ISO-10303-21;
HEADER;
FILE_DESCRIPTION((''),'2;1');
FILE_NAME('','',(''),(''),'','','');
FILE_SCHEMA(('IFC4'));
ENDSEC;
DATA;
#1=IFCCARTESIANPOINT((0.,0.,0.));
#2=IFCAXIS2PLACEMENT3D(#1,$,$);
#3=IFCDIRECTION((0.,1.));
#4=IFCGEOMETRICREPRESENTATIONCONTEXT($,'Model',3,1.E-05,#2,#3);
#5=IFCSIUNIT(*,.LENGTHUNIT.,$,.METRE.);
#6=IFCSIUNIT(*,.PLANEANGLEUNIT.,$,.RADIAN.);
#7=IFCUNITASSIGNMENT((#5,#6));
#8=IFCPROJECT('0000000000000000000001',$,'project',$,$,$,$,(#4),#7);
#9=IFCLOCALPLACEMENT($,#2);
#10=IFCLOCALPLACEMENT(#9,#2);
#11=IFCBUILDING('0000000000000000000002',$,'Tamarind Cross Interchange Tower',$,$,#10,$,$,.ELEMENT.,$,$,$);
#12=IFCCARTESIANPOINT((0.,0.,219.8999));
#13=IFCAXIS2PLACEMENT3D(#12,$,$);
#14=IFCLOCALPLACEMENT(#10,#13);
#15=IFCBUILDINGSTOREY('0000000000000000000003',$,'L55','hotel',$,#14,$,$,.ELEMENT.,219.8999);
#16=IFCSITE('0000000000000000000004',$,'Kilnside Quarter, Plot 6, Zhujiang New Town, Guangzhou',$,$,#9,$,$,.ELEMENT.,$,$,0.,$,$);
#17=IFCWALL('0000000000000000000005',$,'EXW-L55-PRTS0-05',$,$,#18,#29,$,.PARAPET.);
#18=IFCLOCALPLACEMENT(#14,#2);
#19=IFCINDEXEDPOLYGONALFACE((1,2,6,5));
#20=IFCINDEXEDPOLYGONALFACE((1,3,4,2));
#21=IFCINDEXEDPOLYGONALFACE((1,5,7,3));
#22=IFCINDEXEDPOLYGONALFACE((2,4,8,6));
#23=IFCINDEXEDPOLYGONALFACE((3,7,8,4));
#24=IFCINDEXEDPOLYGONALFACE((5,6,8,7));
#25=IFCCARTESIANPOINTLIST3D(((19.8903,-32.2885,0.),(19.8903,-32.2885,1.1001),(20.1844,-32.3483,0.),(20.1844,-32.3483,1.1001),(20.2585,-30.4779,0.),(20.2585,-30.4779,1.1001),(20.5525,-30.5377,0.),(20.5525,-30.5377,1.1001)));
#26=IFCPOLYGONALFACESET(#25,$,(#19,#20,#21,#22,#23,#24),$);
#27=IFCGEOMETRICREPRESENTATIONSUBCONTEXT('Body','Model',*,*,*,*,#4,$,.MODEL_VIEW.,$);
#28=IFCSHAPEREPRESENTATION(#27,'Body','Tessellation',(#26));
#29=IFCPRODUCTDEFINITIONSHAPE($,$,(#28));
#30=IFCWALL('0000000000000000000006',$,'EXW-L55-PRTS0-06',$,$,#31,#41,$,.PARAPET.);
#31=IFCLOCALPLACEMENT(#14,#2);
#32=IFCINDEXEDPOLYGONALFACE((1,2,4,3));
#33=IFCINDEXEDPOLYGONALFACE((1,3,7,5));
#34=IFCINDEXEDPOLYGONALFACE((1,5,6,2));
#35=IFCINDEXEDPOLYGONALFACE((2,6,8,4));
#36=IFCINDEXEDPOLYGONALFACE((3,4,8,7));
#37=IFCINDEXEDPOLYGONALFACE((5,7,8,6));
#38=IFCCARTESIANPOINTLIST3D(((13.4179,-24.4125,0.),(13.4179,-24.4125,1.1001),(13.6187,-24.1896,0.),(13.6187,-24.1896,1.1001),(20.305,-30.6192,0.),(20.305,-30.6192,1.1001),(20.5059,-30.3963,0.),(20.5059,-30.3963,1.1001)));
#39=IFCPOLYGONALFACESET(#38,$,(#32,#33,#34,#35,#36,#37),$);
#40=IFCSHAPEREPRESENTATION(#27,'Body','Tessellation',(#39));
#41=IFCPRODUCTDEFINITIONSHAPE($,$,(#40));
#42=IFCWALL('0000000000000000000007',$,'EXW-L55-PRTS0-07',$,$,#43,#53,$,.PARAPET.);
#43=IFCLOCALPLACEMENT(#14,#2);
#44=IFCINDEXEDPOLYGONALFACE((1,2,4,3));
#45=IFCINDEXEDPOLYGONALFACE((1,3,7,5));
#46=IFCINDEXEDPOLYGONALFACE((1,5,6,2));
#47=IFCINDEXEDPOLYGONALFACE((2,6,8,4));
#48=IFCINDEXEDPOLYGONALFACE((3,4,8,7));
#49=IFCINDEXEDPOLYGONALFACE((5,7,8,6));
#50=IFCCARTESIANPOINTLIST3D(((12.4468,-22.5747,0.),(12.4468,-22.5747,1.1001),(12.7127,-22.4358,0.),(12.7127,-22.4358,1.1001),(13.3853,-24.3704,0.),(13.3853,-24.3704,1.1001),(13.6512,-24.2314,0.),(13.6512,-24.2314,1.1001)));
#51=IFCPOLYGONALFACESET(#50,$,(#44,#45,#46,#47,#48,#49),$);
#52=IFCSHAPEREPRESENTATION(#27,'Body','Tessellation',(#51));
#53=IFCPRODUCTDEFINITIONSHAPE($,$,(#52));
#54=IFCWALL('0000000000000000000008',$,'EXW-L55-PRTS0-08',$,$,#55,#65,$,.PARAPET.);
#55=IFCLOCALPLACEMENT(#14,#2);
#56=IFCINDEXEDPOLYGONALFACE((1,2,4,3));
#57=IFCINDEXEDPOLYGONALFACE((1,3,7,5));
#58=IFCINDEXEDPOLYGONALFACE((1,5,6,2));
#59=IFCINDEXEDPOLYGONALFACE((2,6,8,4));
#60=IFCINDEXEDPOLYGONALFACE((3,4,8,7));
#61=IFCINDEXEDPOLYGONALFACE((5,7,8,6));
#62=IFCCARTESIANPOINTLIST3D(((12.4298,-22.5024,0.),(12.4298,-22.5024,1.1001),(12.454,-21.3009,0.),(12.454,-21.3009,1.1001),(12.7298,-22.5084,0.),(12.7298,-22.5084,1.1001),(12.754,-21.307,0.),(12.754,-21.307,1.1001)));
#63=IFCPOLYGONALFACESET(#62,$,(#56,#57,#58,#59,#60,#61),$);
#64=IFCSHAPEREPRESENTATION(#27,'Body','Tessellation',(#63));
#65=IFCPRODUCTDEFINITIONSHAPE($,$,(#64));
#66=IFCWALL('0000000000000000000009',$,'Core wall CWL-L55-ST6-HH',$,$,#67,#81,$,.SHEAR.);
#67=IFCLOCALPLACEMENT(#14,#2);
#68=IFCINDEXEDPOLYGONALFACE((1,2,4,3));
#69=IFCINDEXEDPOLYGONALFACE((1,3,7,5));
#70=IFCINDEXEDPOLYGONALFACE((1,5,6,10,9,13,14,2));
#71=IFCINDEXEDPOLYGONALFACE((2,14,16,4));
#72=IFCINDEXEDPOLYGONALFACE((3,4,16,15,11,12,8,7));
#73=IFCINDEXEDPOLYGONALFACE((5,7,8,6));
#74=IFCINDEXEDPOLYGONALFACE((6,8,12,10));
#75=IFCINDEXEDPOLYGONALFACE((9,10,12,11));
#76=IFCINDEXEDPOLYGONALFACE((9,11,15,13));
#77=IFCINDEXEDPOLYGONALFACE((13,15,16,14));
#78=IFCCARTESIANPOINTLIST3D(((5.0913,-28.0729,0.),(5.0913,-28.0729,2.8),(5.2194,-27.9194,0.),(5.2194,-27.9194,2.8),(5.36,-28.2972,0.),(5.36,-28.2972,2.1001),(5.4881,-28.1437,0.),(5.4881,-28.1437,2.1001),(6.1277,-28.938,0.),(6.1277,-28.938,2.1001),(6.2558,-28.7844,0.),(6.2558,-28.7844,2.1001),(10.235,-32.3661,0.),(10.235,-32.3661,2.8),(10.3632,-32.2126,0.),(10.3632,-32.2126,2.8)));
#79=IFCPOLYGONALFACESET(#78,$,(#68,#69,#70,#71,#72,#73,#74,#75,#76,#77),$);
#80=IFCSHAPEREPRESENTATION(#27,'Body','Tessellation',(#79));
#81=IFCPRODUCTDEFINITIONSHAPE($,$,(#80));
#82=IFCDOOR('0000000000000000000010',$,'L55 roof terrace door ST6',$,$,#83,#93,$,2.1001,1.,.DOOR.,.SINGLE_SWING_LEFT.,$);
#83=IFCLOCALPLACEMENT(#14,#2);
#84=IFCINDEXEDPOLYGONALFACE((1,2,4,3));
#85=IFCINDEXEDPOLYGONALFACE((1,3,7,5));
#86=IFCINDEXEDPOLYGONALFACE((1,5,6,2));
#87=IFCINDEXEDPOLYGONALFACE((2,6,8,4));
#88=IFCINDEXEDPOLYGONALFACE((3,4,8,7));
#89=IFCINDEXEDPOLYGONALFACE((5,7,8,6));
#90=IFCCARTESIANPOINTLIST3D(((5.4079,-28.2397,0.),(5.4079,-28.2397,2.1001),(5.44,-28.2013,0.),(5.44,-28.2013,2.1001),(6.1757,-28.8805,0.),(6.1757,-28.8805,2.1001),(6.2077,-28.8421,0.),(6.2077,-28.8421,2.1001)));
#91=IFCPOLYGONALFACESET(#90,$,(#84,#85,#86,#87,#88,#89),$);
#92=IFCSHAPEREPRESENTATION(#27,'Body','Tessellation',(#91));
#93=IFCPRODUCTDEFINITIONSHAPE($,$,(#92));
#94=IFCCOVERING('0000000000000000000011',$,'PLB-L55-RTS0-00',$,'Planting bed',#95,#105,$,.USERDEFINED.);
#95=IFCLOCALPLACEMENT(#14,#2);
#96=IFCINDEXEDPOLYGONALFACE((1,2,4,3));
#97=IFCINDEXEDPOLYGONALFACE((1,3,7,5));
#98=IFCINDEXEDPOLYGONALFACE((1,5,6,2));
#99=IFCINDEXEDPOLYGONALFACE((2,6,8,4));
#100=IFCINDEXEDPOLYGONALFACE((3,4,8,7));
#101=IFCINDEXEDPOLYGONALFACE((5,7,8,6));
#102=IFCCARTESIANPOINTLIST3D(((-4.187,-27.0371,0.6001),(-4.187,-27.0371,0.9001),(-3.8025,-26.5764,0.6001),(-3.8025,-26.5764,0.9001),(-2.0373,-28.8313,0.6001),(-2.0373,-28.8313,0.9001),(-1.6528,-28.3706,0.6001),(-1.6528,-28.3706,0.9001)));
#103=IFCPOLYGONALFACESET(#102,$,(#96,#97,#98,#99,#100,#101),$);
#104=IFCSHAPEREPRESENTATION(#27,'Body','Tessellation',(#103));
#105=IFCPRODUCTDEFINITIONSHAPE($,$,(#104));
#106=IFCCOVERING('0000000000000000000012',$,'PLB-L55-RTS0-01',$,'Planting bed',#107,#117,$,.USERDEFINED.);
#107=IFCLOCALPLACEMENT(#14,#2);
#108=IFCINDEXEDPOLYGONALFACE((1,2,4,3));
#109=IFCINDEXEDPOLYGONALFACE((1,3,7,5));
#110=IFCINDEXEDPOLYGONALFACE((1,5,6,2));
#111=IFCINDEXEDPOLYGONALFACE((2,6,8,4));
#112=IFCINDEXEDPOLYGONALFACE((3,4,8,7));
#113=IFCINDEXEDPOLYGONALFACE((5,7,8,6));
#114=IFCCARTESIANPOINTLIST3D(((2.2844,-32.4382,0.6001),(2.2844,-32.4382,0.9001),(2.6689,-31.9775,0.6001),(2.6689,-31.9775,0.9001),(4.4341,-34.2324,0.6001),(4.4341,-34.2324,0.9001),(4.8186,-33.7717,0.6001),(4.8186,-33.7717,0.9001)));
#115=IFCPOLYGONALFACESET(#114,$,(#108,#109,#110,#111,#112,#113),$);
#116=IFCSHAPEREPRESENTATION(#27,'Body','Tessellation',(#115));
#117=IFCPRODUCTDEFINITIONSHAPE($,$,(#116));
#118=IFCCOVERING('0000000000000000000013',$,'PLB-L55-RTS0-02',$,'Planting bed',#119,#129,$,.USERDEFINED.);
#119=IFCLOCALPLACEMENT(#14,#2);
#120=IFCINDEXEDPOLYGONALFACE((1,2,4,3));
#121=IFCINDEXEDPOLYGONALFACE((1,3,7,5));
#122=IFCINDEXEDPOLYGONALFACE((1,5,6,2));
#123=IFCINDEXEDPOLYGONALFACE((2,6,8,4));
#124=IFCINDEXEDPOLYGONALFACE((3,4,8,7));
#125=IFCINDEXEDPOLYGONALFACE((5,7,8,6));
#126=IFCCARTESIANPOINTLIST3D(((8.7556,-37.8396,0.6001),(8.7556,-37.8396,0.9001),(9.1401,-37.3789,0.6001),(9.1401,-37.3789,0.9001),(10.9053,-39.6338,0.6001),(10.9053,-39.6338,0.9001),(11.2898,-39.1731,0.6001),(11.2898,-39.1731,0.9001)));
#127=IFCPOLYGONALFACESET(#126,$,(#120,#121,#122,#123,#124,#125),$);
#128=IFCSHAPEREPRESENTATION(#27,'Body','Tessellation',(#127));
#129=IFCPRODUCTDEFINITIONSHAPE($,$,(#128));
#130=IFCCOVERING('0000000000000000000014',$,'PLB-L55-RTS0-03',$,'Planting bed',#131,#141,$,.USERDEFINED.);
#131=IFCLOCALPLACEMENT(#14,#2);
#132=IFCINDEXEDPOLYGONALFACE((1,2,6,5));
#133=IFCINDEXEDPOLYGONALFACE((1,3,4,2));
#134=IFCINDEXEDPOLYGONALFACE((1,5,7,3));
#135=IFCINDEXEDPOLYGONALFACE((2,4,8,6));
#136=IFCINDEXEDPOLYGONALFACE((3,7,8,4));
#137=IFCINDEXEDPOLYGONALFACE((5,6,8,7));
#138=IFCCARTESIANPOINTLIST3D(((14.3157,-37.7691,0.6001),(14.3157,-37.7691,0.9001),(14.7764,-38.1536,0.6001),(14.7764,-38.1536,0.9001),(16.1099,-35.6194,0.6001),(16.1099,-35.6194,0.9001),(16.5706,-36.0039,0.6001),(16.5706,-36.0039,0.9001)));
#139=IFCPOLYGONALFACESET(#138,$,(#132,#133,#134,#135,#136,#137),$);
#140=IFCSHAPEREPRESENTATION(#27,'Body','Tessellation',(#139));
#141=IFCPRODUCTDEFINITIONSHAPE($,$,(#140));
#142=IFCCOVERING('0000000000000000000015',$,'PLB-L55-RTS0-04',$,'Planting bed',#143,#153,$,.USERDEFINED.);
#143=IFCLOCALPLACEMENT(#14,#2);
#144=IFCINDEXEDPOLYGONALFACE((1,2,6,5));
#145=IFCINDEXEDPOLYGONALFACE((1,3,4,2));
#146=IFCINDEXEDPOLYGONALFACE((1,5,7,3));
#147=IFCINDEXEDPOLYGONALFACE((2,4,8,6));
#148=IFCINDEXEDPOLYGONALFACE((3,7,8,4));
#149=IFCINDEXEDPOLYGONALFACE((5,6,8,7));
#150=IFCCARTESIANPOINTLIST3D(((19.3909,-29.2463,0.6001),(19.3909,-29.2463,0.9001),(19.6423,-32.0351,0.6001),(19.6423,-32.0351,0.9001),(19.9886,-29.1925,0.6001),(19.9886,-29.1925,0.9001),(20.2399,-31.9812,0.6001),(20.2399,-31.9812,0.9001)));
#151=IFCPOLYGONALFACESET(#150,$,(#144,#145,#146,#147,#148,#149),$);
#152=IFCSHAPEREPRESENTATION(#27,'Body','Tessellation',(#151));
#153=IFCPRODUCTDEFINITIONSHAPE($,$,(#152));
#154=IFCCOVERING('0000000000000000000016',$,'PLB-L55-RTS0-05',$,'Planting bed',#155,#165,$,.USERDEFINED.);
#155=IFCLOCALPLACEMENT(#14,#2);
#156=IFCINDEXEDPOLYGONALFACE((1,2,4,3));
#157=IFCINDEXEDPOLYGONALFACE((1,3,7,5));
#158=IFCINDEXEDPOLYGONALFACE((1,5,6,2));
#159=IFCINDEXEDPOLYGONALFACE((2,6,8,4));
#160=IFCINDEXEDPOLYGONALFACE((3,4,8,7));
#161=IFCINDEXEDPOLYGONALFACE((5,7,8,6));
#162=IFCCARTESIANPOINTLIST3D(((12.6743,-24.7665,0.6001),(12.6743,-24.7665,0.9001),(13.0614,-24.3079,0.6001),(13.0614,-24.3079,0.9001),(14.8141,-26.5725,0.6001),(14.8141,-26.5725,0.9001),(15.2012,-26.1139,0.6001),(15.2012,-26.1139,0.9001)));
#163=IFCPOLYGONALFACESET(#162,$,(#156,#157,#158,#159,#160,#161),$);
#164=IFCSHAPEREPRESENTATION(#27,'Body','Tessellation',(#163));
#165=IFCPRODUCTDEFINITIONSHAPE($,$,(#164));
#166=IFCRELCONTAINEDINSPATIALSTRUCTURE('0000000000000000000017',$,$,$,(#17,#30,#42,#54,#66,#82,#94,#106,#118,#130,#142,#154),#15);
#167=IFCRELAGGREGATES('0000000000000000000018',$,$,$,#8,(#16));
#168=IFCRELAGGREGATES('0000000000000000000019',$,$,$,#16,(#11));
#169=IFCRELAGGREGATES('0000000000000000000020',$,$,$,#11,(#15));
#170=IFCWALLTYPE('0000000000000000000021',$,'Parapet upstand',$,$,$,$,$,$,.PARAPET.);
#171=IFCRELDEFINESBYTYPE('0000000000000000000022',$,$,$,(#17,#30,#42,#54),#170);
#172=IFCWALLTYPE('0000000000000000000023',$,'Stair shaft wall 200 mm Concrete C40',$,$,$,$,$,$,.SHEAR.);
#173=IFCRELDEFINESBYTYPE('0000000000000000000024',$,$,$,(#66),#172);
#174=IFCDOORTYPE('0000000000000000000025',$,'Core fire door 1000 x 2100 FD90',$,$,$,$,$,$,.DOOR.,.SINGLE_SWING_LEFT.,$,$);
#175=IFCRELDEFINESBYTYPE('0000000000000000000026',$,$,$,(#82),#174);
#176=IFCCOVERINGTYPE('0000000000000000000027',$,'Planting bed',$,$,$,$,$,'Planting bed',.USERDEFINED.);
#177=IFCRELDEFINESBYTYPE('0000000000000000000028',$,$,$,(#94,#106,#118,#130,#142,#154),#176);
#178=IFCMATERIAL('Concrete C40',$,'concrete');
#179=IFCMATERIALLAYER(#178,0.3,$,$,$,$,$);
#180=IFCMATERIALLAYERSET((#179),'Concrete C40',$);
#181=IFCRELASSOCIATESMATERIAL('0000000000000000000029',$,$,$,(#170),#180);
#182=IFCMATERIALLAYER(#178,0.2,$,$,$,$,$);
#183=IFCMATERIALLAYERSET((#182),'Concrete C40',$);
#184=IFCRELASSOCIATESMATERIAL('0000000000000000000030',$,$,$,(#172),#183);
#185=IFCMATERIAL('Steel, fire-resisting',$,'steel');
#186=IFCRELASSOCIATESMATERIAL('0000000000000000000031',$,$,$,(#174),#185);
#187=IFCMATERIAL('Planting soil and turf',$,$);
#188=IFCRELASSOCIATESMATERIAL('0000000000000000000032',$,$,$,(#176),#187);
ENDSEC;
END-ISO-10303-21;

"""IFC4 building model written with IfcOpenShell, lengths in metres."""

from ifc_helpers import new_model, si_unit, direction, frame, frame_2d, origin, origin_2d, place, context, subcontext, project, spatial, rectangle, extrude, material, layer, layer_set, type_object, element, fill, save


model = new_model("IFC4")

# Units and contexts
model_context = context("Model", 3, precision=1e-05, world=origin(), true_north=direction((0.0, 1.0)))
body_context = subcontext(model_context, "Body", "Model", "MODEL_VIEW")
ifc_project = project(units=[si_unit("LENGTHUNIT", "METRE"), si_unit("PLANEANGLEUNIT", "RADIAN")], contexts=[model_context])

# Site, building, storey
site_placement = place(None, origin())
site = spatial("IfcSite", under=ifc_project, at=site_placement, Name="Kilnside Quarter, Plot 6, Zhujiang New Town, Guangzhou", CompositionType="ELEMENT", RefElevation=0.0)
building_placement = place(site_placement, origin())
building = spatial("IfcBuilding", under=site, at=building_placement, Name="Tamarind Cross Interchange Tower", CompositionType="ELEMENT")
storey_placement = place(building_placement, frame((0.0, 0.0, 219.8999)))
storey = spatial("IfcBuildingStorey", under=building, at=storey_placement, Name="L55", Description="hotel", CompositionType="ELEMENT", Elevation=219.8999)

# Walls
ifc_material_1 = material(Name="Concrete C40", Category="concrete")
ifc_layer_1 = layer(ifc_material_1, 0.3)
ifc_layer_set_1 = layer_set([ifc_layer_1], Name="Concrete C40")
wall_type_1 = type_object("IfcWallType", Name="Parapet upstand", PredefinedType="PARAPET", material=ifc_layer_set_1)
wall_1_placement = place(storey_placement, frame((20.0374, -32.3184, 0.0), z_axis=(0.0, 0.0, 1.0), x_axis=(0.199266, 0.979945, 0.0)))
element("IfcWall", 1, at=wall_1_placement, inside=storey, type_object=wall_type_1, Name="EXW-L55-PRTS0-05", PredefinedType="PARAPET", context=body_context, shape_type="SweptSolid", body=[
    extrude(rectangle(XDim=1.8477, YDim=0.3, at=frame_2d((0.9238, 0.0))), origin(), (0.0, 0.0, 1.0), 1.1001),
])
wall_2_placement = place(storey_placement, frame((20.4055, -30.5078, 0.0), z_axis=(0.0, 0.0, 1.0), x_axis=(-0.742849, 0.669459, 0.0)))
element("IfcWall", 2, at=wall_2_placement, inside=storey, type_object=wall_type_1, Name="EXW-L55-PRTS0-06", PredefinedType="PARAPET", context=body_context, shape_type="SweptSolid", body=[
    extrude(rectangle(XDim=9.2712, YDim=0.3, at=frame_2d((4.6357, 0.0))), origin(), (0.0, 0.0, 1.0), 1.1001),
])
wall_3_placement = place(storey_placement, frame((13.5183, -24.301, 0.0), z_axis=(0.0, 0.0, 1.0), x_axis=(-0.463192, 0.886258, 0.0)))
element("IfcWall", 3, at=wall_3_placement, inside=storey, type_object=wall_type_1, Name="EXW-L55-PRTS0-07", PredefinedType="PARAPET", context=body_context, shape_type="SweptSolid", body=[
    extrude(rectangle(XDim=2.0261, YDim=0.3, at=frame_2d((1.0132, 0.0))), origin(), (0.0, 0.0, 1.0), 1.1001),
])
wall_4_placement = place(storey_placement, frame((12.5798, -22.5054, 0.0), z_axis=(0.0, 0.0, 1.0), x_axis=(0.020114, 0.999798, 0.0)))
element("IfcWall", 4, at=wall_4_placement, inside=storey, type_object=wall_type_1, Name="EXW-L55-PRTS0-08", PredefinedType="PARAPET", context=body_context, shape_type="SweptSolid", body=[
    extrude(rectangle(XDim=1.2017, YDim=0.3, at=frame_2d((0.6008, 0.0))), origin(), (0.0, 0.0, 1.0), 1.1001),
])

# Wall, opening, door
ifc_layer_2 = layer(ifc_material_1, 0.2)
ifc_layer_set_2 = layer_set([ifc_layer_2], Name="Concrete C40")
wall_type_2 = type_object("IfcWallType", Name="Stair shaft wall 200 mm Concrete C40", PredefinedType="SHEAR", material=ifc_layer_set_2)
wall_5_placement = place(storey_placement, frame((5.1553, -27.9961, 0.0), z_axis=(0.0, 0.0, 1.0), x_axis=(0.767728, -0.640776, 0.0)))
wall_5 = element("IfcWall", 5, at=wall_5_placement, inside=storey, type_object=wall_type_2, Name="Core wall CWL-L55-ST6-HH", PredefinedType="SHEAR", context=body_context, shape_type="SweptSolid", body=[
    extrude(rectangle(XDim=6.7, YDim=0.2, at=frame_2d((3.3501, 0.0))), origin(), (0.0, 0.0, 1.0), 2.8),
])
opening_placement = place(wall_5_placement, frame((0.3501, 0.0, 0.0)))
opening = element("IfcOpeningElement", 6, at=opening_placement, cuts=wall_5, PredefinedType="OPENING", context=body_context, shape_type="SweptSolid", body=[
    extrude(rectangle(XDim=1.0, YDim=2.1001, at=frame_2d((0.5, 1.05))), frame((0.0, 0.1099, 0.0), z_axis=(0.0, -1.0, 0.0), x_axis=(1.0, 0.0, 0.0)), (0.0, 0.0, 1.0), 0.22),
])
ifc_material_2 = material(Name="Steel, fire-resisting", Category="steel")
door_type = type_object("IfcDoorType", Name="Core fire door 1000 x 2100 FD90", OperationType="SINGLE_SWING_LEFT", PredefinedType="DOOR", material=ifc_material_2)
door_placement = place(opening_placement, origin())
door = element("IfcDoor", 7, at=door_placement, inside=storey, type_object=door_type, Name="L55 roof terrace door ST6", OperationType="SINGLE_SWING_LEFT", OverallHeight=2.1001, OverallWidth=1.0, PredefinedType="DOOR", context=body_context, shape_type="SweptSolid", body=[
    extrude(rectangle(XDim=1.0, YDim=2.1001, at=frame_2d((0.5, 1.05))), frame((0.0, 0.0249, 0.0), z_axis=(0.0, -1.0, 0.0), x_axis=(1.0, 0.0, 0.0)), (0.0, 0.0, 1.0), 0.05),
])
fill(opening, door)

# Coverings
ifc_material_3 = material(Name="Planting soil and turf")
covering_type = type_object("IfcCoveringType", Name="Planting bed", ElementType="Planting bed", PredefinedType="USERDEFINED", material=ifc_material_3)
for number, where, z_axis, x_axis, name in (
    (8, (-2.9199, -27.7039, 0.6001), (0.0, 0.0, 1.0), (0.767729, -0.640775, 0.0), "PLB-L55-RTS0-00"),
    (9, (3.5515, -33.105, 0.6001), (0.0, 0.0, 1.0), (0.767729, -0.640775, 0.0), "PLB-L55-RTS0-01"),
    (10, (10.0227, -38.5063, 0.6001), (0.0, 0.0, 1.0), (0.767729, -0.640775, 0.0), "PLB-L55-RTS0-02"),
    (11, (15.4431, -36.8865, 0.6001), (0.0, 0.0, 1.0), (0.640775, 0.767729, 0.0), "PLB-L55-RTS0-03"),
    (12, (19.8154, -30.6138, 0.6001), (0.0, 0.0, 1.0), (-0.08977, 0.995962, 0.0), "PLB-L55-RTS0-04"),
    (13, (13.9377, -25.4402, 0.6001), (0.0, 0.0, 1.0), (-0.764191, 0.644989, 0.0), "PLB-L55-RTS0-05"),
):
    element("IfcCovering", number, at=place(storey_placement, frame(where, z_axis=z_axis, x_axis=x_axis)), inside=storey, type_object=covering_type, Name=name, ObjectType="Planting bed", PredefinedType="USERDEFINED", context=body_context, shape_type="SweptSolid", body=[
        extrude(rectangle(XDim=2.8, YDim=0.6001, at=origin_2d()), origin(), (0.0, 0.0, 1.0), 0.3),
    ])

save(model, "model.ifc")
